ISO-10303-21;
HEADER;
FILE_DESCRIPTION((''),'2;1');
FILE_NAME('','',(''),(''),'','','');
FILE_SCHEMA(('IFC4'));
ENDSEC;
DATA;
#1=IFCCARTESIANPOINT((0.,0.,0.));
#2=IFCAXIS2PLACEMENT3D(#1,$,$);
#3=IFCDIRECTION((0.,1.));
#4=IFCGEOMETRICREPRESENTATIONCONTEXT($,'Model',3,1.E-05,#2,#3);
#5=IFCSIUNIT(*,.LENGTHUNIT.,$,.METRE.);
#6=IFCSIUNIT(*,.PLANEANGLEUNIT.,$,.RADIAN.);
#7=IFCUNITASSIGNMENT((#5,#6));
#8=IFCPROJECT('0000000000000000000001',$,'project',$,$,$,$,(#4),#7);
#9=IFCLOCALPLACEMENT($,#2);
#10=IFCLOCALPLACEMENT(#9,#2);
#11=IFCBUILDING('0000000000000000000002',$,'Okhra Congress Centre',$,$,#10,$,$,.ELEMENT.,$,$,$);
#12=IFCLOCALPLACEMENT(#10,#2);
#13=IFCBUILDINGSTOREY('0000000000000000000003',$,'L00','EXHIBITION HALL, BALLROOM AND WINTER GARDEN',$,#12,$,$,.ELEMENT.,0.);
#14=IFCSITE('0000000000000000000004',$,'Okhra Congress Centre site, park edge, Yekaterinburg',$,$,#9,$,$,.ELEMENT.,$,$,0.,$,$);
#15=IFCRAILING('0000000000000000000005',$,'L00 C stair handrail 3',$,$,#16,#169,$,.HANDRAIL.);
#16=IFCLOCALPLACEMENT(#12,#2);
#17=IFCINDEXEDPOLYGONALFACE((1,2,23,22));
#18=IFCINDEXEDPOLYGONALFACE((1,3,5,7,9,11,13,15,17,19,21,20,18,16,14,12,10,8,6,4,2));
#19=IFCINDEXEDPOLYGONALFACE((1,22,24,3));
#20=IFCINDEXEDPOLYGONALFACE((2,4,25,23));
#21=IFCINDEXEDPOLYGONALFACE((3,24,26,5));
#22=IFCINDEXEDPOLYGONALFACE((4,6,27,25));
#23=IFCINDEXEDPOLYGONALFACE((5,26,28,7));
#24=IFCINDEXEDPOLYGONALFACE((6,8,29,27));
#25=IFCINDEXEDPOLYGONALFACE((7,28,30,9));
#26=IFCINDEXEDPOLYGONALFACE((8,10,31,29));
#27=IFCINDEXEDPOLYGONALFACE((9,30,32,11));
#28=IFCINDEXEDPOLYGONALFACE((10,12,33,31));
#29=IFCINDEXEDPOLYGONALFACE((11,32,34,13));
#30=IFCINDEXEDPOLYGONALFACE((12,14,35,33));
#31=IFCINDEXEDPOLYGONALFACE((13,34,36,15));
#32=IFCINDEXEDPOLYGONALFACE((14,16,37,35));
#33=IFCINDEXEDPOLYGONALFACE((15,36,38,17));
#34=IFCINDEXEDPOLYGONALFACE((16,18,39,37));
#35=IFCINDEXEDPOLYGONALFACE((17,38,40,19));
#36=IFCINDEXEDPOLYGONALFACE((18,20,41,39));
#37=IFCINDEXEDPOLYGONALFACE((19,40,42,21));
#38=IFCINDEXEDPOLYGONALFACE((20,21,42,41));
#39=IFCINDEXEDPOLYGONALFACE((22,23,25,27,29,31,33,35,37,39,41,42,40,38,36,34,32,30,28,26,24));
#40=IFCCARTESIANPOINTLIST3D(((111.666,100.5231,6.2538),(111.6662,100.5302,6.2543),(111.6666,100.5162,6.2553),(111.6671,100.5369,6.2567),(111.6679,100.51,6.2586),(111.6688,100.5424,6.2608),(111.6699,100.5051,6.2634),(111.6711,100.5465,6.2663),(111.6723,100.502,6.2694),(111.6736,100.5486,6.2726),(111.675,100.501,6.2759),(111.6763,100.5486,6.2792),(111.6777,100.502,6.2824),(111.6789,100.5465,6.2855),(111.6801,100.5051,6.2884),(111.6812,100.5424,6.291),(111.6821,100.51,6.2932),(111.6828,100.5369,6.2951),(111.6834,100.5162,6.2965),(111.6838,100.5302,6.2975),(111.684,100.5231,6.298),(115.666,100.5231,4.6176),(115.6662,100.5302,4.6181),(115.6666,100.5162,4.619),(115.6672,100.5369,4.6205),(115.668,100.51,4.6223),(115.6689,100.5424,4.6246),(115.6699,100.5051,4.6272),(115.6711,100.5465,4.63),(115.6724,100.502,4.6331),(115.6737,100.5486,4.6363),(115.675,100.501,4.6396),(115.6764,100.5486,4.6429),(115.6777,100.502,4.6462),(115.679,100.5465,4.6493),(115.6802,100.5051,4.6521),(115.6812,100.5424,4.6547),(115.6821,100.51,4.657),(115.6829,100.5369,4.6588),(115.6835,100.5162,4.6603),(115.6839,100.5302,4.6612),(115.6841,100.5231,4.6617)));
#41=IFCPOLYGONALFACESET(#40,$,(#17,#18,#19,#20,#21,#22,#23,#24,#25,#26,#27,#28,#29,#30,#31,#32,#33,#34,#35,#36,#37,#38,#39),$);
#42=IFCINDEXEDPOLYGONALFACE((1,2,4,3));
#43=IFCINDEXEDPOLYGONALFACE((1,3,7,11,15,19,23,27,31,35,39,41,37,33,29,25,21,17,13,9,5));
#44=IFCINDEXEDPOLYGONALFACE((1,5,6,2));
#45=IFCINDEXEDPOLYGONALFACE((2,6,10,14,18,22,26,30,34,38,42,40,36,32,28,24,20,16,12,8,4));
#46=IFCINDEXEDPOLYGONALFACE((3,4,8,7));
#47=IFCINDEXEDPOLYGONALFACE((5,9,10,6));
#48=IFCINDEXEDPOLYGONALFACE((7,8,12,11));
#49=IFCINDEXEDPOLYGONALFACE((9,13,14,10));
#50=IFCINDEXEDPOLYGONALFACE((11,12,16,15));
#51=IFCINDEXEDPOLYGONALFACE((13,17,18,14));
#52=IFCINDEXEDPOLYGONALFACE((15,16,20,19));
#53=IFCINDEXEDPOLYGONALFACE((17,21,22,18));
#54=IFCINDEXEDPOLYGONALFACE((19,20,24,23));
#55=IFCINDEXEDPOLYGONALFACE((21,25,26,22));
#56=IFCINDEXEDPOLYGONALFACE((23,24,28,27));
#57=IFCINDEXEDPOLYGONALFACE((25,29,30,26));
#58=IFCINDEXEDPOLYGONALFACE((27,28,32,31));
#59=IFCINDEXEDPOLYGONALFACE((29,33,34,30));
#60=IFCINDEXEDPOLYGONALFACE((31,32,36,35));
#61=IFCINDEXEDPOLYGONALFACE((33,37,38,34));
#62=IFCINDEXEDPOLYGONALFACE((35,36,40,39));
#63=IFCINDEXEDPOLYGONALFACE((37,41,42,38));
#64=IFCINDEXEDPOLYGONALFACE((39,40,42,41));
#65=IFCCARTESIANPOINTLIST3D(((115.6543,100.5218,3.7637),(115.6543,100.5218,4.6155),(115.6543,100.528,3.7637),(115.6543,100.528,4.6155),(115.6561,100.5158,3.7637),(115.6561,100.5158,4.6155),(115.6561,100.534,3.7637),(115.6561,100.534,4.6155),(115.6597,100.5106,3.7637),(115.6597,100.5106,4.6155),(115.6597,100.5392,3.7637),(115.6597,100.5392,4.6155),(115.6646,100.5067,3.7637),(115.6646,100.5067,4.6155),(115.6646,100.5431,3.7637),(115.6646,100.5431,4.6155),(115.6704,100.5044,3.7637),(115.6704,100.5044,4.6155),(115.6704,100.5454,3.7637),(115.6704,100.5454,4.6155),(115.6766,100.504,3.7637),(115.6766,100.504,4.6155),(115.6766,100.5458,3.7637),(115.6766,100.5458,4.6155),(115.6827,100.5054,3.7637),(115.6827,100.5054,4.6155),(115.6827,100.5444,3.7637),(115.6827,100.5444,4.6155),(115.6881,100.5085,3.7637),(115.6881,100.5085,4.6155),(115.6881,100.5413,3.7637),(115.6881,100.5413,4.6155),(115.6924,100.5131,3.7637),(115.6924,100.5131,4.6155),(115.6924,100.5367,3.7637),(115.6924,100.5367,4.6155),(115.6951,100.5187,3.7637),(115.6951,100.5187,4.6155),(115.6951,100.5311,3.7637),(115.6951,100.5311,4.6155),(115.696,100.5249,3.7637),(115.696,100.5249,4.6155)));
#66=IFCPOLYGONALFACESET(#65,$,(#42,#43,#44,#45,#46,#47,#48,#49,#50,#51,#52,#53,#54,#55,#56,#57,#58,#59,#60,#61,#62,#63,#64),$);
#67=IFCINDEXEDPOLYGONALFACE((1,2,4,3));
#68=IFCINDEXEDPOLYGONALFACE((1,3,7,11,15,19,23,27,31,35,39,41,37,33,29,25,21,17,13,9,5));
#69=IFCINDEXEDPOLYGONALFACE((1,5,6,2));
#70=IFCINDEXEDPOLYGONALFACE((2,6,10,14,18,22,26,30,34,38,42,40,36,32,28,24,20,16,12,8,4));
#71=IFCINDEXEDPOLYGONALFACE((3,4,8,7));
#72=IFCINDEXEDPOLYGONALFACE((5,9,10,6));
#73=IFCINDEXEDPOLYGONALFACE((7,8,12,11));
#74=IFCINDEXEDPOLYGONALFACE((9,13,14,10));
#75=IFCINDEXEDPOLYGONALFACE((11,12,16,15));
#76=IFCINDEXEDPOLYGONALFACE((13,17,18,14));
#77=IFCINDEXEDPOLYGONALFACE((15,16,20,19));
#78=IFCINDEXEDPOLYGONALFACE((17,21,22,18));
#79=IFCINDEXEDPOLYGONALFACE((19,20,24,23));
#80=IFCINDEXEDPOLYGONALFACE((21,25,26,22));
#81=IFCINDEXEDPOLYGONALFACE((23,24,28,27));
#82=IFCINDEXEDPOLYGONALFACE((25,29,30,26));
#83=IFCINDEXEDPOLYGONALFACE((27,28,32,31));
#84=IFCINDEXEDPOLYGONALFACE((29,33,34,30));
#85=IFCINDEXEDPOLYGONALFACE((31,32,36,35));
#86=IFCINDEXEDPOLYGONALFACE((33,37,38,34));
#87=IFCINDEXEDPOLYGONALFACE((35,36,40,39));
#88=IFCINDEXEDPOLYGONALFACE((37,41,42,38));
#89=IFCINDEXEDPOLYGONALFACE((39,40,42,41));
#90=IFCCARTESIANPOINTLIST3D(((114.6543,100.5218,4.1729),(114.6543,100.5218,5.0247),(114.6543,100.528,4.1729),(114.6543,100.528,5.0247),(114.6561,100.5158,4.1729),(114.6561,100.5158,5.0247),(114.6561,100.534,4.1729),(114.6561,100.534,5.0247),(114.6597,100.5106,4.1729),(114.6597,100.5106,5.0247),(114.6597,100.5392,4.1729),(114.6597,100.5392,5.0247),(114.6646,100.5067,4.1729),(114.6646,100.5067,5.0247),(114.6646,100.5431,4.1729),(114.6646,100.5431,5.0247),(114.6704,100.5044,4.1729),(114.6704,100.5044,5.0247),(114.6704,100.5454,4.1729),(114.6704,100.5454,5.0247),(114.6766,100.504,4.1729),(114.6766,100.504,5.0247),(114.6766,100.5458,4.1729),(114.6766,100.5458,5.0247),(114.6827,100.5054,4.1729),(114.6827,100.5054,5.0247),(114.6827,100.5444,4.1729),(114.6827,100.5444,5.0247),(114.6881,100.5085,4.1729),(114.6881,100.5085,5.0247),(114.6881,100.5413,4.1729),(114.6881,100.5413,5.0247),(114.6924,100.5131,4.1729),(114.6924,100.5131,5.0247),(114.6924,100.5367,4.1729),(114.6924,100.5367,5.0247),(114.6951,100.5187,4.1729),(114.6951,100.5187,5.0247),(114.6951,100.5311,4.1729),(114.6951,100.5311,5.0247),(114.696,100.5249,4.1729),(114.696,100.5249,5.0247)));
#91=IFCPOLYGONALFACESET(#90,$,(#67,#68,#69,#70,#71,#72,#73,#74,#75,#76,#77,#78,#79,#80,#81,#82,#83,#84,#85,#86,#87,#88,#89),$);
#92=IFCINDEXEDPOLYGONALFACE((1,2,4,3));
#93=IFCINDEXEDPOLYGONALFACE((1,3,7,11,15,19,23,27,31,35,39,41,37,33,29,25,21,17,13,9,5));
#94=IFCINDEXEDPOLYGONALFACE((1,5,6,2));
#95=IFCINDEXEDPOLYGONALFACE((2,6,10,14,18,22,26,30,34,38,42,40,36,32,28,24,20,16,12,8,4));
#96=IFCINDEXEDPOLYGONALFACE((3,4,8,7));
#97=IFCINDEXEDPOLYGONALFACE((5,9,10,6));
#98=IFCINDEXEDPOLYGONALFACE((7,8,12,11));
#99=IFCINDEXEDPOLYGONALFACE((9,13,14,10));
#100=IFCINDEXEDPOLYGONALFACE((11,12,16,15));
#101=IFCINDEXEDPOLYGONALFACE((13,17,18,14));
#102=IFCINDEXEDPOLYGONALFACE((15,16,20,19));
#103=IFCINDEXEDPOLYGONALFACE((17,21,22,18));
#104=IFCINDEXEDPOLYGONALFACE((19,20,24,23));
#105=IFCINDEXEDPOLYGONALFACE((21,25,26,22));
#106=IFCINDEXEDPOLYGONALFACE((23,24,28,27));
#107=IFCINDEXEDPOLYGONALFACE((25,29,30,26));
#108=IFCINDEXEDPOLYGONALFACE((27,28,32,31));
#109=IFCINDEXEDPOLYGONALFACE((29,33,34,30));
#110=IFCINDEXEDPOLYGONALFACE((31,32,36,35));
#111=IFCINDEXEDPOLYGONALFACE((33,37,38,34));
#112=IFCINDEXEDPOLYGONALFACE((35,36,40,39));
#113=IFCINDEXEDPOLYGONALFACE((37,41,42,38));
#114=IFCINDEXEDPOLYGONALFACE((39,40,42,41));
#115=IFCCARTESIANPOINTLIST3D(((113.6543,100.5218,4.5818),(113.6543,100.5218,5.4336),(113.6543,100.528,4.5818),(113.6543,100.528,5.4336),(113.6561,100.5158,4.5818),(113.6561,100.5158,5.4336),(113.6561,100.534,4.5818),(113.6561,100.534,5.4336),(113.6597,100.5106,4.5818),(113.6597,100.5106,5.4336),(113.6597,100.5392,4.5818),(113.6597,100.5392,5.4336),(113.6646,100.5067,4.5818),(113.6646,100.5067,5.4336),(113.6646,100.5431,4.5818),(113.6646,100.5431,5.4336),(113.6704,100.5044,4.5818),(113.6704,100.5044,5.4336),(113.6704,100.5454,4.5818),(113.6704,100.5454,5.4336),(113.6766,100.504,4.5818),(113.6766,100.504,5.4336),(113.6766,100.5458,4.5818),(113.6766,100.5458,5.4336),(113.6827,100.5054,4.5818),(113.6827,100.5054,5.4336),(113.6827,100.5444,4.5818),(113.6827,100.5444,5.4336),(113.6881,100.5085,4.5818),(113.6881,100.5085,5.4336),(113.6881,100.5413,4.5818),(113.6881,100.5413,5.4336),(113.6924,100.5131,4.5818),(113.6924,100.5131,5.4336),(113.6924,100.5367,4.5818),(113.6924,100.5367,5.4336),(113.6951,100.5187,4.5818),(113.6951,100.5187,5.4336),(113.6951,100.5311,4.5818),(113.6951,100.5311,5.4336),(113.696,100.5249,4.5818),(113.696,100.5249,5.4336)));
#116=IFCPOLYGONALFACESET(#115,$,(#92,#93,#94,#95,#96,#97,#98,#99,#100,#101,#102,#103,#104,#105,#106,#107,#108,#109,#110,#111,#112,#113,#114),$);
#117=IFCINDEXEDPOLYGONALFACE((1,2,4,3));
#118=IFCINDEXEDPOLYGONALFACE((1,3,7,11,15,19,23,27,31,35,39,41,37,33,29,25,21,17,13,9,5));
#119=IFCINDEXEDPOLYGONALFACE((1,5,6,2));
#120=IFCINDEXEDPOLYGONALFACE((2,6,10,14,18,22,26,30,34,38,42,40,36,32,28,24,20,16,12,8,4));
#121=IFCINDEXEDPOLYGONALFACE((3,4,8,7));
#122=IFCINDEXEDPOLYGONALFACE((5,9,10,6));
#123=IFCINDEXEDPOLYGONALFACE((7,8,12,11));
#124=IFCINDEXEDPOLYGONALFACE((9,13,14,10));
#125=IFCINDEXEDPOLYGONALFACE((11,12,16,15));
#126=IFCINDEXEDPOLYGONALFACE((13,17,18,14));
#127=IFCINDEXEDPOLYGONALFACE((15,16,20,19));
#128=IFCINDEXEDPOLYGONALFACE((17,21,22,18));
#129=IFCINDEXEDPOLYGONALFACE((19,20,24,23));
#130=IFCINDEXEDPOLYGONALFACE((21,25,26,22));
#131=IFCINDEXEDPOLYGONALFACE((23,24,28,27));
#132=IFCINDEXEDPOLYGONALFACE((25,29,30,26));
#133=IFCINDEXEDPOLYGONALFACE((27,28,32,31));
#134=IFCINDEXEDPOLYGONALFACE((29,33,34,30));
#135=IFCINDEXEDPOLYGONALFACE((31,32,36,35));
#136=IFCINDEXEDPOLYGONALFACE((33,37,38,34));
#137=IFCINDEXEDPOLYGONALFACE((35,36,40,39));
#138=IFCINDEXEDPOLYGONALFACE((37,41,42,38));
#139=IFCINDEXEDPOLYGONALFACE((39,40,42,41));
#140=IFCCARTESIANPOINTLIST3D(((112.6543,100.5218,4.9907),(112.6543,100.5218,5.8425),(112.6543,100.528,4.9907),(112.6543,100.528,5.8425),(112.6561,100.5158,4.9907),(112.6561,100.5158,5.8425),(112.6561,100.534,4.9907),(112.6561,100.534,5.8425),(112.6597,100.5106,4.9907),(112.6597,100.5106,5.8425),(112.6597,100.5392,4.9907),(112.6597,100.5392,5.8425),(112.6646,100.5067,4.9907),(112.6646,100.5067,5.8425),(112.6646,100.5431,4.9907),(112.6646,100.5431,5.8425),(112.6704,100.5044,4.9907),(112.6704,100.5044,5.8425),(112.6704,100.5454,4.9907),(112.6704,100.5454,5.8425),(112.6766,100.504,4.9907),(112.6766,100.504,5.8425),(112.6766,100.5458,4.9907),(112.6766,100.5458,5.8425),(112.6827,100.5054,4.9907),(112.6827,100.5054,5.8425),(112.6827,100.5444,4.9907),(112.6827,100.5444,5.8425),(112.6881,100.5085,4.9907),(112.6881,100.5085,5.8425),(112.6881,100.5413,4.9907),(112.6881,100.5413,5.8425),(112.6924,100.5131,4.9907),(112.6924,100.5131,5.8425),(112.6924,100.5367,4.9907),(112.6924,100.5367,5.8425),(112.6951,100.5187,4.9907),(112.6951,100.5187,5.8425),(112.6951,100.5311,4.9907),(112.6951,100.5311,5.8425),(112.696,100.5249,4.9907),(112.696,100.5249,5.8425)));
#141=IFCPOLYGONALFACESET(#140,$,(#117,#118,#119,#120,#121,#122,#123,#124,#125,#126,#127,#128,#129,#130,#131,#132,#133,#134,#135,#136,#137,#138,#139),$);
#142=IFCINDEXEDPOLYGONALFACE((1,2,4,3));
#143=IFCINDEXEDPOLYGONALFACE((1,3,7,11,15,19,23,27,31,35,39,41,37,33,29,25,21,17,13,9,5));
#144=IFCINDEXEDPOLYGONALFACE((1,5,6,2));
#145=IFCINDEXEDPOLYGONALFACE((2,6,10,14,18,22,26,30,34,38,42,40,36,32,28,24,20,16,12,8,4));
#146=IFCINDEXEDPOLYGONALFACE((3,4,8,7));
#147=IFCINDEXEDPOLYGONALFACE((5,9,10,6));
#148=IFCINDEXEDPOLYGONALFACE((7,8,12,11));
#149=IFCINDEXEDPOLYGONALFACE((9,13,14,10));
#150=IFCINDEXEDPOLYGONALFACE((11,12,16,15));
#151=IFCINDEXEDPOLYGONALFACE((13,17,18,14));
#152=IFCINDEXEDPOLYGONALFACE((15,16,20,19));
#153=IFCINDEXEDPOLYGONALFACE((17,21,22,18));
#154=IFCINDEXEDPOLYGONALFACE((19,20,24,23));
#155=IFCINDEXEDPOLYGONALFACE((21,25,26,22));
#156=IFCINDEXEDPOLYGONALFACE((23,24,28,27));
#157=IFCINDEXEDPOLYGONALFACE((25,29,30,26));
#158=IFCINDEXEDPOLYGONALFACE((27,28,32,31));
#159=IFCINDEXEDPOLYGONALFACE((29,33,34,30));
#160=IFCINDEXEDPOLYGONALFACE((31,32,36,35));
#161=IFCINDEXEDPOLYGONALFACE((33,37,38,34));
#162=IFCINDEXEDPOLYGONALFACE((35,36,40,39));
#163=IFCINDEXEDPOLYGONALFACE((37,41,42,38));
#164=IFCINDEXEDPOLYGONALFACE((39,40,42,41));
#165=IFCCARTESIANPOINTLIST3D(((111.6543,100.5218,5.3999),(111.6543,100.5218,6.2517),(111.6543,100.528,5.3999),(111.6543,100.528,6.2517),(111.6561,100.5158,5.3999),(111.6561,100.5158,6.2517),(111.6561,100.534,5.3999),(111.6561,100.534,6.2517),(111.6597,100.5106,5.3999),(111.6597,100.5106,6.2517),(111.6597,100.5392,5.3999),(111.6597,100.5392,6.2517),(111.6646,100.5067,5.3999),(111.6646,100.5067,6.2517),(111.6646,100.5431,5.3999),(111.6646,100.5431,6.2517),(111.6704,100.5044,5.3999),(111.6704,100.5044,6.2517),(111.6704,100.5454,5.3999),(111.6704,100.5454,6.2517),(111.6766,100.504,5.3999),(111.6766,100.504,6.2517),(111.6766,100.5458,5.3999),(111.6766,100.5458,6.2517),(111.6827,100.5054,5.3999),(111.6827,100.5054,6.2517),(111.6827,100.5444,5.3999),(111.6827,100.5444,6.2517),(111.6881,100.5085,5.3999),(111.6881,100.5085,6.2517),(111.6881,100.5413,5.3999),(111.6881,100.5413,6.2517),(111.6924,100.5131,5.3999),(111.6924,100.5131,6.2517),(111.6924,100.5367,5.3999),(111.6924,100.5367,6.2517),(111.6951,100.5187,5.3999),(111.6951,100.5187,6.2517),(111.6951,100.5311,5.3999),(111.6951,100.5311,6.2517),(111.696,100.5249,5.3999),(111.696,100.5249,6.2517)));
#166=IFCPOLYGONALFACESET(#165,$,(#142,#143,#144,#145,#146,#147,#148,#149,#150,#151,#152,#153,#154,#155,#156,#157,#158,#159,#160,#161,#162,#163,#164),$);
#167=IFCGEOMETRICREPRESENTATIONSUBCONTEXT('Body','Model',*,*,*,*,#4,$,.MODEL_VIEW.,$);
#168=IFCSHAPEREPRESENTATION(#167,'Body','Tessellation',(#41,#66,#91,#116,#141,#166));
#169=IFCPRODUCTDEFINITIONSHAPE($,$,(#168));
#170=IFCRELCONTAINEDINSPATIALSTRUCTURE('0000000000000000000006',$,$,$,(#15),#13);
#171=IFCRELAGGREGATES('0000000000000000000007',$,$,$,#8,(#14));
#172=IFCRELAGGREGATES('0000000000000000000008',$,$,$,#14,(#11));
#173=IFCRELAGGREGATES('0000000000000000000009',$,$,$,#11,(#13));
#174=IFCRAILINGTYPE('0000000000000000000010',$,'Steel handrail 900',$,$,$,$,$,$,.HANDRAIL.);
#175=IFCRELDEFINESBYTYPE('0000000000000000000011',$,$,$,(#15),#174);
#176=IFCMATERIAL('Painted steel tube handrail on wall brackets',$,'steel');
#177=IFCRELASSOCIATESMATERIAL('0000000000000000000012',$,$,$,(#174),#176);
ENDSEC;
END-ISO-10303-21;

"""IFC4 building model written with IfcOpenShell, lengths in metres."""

from ifc_helpers import new_model, si_unit, direction, frame, origin, origin_2d, place, context, subcontext, project, spatial, circle, extrude, material, type_object, element, save


model = new_model("IFC4")

# Units and contexts
model_context = context("Model", 3, precision=1e-05, world=origin(), true_north=direction((0.0, 1.0)))
body_context = subcontext(model_context, "Body", "Model", "MODEL_VIEW")
ifc_project = project(units=[si_unit("LENGTHUNIT", "METRE"), si_unit("PLANEANGLEUNIT", "RADIAN")], contexts=[model_context])

# Site, building, storey
site_placement = place(None, origin())
site = spatial("IfcSite", under=ifc_project, at=site_placement, Name="Okhra Congress Centre site, park edge, Yekaterinburg", CompositionType="ELEMENT", RefElevation=0.0)
building_placement = place(site_placement, origin())
building = spatial("IfcBuilding", under=site, at=building_placement, Name="Okhra Congress Centre", CompositionType="ELEMENT")
storey_placement = place(building_placement, origin())
storey = spatial("IfcBuildingStorey", under=building, at=storey_placement, Name="L00", Description="EXHIBITION HALL, BALLROOM AND WINTER GARDEN", CompositionType="ELEMENT", Elevation=0.0)

# Railing
ifc_material_1 = material(Name="Painted steel tube handrail on wall brackets", Category="steel")
railing_type_1 = type_object("IfcRailingType", Name="Steel handrail 900", PredefinedType="HANDRAIL", material=ifc_material_1)
railing_1_placement = place(storey_placement, frame((115.675, 100.5249, 3.7637)))
element("IfcRailing", 1, at=railing_1_placement, inside=storey, type_object=railing_type_1, Name="L00 C stair handrail 3", PredefinedType="HANDRAIL", context=body_context, shape_type="SweptSolid", body=[
    extrude(circle(Radius=0.0239, at=origin_2d()), frame((0.0, 0.0, 0.876), z_axis=(-0.925558, 0.0, 0.378606), x_axis=(0.0, -1.0, 0.0)), (0.0, 0.0, 1.0), 4.3218),
    extrude(circle(Radius=0.021, at=origin_2d()), origin(), (0.0, 0.0, 1.0), 0.8518),
    extrude(circle(Radius=0.021, at=origin_2d()), frame((-1.0, 0.0, 0.4092)), (0.0, 0.0, 1.0), 0.8518),
    extrude(circle(Radius=0.021, at=origin_2d()), frame((-2.0, 0.0, 0.8181)), (0.0, 0.0, 1.0), 0.8518),
    extrude(circle(Radius=0.021, at=origin_2d()), frame((-3.0, 0.0, 1.2271)), (0.0, 0.0, 1.0), 0.8518),
    extrude(circle(Radius=0.021, at=origin_2d()), frame((-4.0, 0.0, 1.6362)), (0.0, 0.0, 1.0), 0.8518),
])

save(model, "model.ifc")
